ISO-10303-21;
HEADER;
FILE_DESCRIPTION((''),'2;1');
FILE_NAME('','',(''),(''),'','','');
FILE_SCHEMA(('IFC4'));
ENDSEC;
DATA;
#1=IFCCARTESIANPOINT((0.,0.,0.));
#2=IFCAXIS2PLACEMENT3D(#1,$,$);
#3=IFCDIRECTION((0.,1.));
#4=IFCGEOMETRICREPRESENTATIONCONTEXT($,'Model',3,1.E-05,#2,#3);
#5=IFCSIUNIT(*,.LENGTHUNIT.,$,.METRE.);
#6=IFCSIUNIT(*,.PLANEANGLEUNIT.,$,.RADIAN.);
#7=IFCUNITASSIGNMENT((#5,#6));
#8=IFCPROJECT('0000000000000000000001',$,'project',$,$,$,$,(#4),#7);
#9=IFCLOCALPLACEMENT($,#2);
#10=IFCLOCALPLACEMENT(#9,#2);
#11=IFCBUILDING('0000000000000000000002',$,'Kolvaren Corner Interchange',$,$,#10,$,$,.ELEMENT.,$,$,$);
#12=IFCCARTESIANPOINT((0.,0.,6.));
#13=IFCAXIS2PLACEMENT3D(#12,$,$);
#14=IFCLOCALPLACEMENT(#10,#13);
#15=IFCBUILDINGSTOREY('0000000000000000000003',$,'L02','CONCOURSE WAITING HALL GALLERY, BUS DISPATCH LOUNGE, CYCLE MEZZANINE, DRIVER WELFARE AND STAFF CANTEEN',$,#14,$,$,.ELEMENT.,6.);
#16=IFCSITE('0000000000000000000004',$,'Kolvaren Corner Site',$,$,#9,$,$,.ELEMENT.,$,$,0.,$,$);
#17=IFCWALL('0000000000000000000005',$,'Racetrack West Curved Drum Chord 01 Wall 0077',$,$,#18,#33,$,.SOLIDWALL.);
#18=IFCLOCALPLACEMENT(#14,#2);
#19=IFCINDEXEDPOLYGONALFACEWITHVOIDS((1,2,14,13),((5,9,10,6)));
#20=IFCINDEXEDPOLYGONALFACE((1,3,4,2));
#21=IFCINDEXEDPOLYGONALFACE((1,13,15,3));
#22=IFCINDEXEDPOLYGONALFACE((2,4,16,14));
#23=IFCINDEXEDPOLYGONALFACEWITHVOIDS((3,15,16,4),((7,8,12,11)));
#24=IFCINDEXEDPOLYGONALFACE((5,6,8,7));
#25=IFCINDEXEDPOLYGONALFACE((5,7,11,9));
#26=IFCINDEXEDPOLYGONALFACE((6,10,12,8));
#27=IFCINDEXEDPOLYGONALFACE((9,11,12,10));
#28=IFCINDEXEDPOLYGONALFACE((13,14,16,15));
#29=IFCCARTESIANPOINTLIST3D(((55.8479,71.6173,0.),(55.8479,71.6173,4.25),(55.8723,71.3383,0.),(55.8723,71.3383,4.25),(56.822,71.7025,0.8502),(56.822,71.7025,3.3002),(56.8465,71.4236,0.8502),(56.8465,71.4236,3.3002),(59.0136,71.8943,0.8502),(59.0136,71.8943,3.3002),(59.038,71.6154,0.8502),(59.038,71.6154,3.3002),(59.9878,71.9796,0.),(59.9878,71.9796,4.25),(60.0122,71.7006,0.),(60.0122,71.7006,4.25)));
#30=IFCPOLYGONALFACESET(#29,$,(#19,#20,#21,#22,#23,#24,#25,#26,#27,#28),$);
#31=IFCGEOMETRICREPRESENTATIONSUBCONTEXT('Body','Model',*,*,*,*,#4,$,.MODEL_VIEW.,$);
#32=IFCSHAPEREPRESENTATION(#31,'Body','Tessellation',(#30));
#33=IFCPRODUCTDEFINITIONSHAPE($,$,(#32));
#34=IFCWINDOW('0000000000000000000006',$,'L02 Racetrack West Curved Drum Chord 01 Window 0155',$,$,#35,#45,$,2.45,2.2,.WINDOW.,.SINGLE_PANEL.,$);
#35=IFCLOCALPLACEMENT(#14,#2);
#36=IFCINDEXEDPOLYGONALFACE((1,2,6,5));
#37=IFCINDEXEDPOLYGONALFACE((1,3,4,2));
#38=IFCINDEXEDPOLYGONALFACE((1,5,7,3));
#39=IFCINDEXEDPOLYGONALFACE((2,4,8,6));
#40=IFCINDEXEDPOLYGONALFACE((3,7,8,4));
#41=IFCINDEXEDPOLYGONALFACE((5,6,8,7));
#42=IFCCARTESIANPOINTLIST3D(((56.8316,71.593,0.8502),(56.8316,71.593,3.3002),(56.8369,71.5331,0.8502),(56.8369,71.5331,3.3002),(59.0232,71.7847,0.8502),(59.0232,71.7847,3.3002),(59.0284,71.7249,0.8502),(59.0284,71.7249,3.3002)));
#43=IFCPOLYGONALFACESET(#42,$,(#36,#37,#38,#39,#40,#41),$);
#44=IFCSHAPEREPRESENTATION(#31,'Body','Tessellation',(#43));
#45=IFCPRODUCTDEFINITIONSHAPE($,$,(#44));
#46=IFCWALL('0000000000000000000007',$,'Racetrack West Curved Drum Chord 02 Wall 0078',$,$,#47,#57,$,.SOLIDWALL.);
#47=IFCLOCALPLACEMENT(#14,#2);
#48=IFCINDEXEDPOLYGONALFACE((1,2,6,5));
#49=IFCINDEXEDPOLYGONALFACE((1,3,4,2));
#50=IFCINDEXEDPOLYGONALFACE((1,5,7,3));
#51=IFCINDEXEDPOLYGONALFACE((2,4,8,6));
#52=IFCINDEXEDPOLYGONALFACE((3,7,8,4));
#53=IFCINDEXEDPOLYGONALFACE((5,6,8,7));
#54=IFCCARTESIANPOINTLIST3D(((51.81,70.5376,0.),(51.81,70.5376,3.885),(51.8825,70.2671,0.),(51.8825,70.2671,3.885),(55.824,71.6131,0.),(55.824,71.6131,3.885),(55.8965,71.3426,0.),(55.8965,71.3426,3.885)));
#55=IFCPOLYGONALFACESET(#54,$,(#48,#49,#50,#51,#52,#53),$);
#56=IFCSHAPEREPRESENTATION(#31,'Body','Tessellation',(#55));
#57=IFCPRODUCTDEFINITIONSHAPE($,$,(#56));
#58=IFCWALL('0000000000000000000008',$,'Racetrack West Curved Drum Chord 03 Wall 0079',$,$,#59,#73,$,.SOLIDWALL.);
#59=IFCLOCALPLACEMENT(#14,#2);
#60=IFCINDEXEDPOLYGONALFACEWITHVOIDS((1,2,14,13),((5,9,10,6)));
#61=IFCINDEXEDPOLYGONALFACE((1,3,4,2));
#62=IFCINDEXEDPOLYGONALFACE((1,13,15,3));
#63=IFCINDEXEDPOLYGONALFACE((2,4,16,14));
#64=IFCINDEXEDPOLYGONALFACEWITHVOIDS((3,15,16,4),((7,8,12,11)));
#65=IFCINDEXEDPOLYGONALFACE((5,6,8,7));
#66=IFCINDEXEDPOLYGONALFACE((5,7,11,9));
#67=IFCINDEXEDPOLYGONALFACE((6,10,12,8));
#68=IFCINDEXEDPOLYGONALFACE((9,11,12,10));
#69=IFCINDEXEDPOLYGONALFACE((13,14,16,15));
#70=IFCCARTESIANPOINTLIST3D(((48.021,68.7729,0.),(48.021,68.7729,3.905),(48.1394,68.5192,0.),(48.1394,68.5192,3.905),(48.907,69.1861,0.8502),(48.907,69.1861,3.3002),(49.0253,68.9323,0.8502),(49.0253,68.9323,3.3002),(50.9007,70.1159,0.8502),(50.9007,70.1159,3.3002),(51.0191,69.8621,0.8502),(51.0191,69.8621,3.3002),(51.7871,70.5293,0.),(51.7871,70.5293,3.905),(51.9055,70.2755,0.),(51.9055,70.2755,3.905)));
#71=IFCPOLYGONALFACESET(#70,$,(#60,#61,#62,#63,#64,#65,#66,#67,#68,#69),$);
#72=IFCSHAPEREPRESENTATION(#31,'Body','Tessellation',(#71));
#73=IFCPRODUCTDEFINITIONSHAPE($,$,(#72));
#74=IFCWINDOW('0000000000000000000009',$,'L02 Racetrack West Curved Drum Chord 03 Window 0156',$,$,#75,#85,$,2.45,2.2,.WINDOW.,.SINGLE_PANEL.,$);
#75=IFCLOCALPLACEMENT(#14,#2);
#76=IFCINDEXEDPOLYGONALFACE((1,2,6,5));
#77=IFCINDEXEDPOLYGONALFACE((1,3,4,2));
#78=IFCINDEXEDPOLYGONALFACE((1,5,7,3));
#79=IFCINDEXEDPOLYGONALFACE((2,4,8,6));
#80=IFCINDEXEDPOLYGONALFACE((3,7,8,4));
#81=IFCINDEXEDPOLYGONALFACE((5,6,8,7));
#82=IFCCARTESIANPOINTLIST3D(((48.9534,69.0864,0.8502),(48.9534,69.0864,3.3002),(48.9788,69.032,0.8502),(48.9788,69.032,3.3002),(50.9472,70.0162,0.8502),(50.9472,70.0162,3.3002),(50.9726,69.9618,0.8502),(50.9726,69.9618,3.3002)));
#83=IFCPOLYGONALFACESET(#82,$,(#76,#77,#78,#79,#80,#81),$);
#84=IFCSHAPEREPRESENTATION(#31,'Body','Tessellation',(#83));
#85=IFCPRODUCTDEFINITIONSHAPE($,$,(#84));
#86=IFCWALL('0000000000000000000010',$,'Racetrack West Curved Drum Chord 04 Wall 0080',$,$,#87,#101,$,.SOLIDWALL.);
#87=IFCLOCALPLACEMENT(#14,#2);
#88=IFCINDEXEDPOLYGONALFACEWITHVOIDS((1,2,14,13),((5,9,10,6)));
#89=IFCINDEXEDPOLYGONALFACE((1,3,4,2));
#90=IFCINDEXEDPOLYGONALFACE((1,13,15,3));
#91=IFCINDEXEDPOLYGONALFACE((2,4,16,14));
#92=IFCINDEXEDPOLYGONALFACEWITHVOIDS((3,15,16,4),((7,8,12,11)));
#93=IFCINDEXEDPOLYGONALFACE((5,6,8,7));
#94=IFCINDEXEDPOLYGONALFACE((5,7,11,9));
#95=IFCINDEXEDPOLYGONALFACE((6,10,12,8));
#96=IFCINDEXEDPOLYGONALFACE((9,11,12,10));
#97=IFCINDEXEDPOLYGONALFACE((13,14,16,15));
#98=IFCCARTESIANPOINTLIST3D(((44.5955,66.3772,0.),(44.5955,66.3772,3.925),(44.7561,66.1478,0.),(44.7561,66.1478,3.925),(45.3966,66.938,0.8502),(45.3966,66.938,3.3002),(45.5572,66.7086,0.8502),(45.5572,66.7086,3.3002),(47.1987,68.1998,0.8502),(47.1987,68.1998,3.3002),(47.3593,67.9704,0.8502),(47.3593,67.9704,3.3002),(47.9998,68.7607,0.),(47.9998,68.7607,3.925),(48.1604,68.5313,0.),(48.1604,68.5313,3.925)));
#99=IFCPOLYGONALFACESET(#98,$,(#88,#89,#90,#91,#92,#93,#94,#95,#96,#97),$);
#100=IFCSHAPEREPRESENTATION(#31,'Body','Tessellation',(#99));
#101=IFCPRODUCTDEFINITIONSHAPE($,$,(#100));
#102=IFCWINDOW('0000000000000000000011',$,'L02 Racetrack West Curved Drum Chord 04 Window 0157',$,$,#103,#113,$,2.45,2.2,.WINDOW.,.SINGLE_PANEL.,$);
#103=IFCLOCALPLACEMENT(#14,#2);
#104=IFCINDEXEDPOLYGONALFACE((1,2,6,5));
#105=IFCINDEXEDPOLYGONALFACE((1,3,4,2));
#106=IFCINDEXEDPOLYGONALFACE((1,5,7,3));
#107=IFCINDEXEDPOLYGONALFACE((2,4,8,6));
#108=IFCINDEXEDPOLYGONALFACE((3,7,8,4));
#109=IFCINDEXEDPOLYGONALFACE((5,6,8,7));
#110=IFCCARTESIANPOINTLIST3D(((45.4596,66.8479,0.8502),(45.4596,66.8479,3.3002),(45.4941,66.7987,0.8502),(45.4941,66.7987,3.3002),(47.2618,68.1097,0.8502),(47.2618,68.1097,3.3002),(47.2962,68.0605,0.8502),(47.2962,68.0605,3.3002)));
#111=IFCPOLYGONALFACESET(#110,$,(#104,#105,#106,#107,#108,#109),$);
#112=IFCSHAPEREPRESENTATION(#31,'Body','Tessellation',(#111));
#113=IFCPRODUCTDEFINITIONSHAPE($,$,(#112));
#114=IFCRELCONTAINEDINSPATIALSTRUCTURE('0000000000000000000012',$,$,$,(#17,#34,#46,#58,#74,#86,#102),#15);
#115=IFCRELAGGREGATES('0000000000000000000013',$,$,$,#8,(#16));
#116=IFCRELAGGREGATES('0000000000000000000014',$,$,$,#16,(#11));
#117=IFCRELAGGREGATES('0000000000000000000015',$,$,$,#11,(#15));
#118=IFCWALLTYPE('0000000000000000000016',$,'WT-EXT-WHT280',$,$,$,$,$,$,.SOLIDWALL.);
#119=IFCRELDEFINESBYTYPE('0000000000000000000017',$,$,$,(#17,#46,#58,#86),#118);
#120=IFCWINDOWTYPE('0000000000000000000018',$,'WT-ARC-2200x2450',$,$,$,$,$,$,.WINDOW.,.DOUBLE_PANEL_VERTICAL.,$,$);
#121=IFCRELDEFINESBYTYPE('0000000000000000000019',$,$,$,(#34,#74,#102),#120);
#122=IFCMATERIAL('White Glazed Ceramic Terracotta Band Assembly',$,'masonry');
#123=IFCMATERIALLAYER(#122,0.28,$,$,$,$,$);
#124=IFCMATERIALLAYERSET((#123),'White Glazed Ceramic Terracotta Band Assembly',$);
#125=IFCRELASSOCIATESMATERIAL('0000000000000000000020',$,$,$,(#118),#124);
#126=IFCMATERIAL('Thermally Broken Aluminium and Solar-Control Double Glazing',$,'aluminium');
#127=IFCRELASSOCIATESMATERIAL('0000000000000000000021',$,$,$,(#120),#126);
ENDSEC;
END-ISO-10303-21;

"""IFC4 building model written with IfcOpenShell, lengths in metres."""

from ifc_helpers import new_model, si_unit, direction, frame, frame_2d, origin, place, context, subcontext, project, spatial, rectangle, extrude, material, layer, layer_set, type_object, element, fill, save


model = new_model("IFC4")

# Units and contexts
model_context = context("Model", 3, precision=1e-05, world=origin(), true_north=direction((0.0, 1.0)))
body_context = subcontext(model_context, "Body", "Model", "MODEL_VIEW")
ifc_project = project(units=[si_unit("LENGTHUNIT", "METRE"), si_unit("PLANEANGLEUNIT", "RADIAN")], contexts=[model_context])

# Site, building, storey
site_placement = place(None, origin())
site = spatial("IfcSite", under=ifc_project, at=site_placement, Name="Kolvaren Corner Site", CompositionType="ELEMENT", RefElevation=0.0)
building_placement = place(site_placement, origin())
building = spatial("IfcBuilding", under=site, at=building_placement, Name="Kolvaren Corner Interchange", CompositionType="ELEMENT")
storey_placement = place(building_placement, frame((0.0, 0.0, 6.0)))
storey = spatial("IfcBuildingStorey", under=building, at=storey_placement, Name="L02", Description="CONCOURSE WAITING HALL GALLERY, BUS DISPATCH LOUNGE, CYCLE MEZZANINE, DRIVER WELFARE AND STAFF CANTEEN", CompositionType="ELEMENT", Elevation=6.0)

# Wall, opening, window
ifc_material_1 = material(Name="White Glazed Ceramic Terracotta Band Assembly", Category="masonry")
ifc_layer = layer(ifc_material_1, 0.28)
ifc_layer_set = layer_set([ifc_layer], Name="White Glazed Ceramic Terracotta Band Assembly")
wall_type = type_object("IfcWallType", Name="WT-EXT-WHT280", PredefinedType="SOLIDWALL", material=ifc_layer_set)
wall_1_placement = place(storey_placement, frame((60.0, 71.8401, 0.0), z_axis=(0.0, 0.0, 1.0), x_axis=(-0.996192, -0.087182, 0.0)))
wall_1 = element("IfcWall", 1, at=wall_1_placement, inside=storey, type_object=wall_type, Name="Racetrack West Curved Drum Chord 01 Wall 0077", PredefinedType="SOLIDWALL", context=body_context, shape_type="SweptSolid", body=[
    extrude(rectangle(XDim=4.1558, YDim=0.28, at=frame_2d((2.0779, 0.0))), origin(), (0.0, 0.0, 1.0), 4.25),
])
opening_1_placement = place(wall_1_placement, frame((0.9778, 0.0, 0.8501)))
opening_1 = element("IfcOpeningElement", 2, at=opening_1_placement, cuts=wall_1, PredefinedType="OPENING", context=body_context, shape_type="SweptSolid", body=[
    extrude(rectangle(XDim=2.2, YDim=2.45, at=frame_2d((1.1001, 1.2251))), frame((0.0, 0.1499, 0.0), z_axis=(0.0, -1.0, 0.0), x_axis=(1.0, 0.0, 0.0)), (0.0, 0.0, 1.0), 0.3),
])
ifc_material_2 = material(Name="Thermally Broken Aluminium and Solar-Control Double Glazing", Category="aluminium")
window_type = type_object("IfcWindowType", Name="WT-ARC-2200x2450", PartitioningType="DOUBLE_PANEL_VERTICAL", PredefinedType="WINDOW", material=ifc_material_2)
window_1_placement = place(opening_1_placement, origin())
window_1 = element("IfcWindow", 3, at=window_1_placement, inside=storey, type_object=window_type, Name="L02 Racetrack West Curved Drum Chord 01 Window 0155", OverallHeight=2.45, OverallWidth=2.2, PartitioningType="SINGLE_PANEL", PredefinedType="WINDOW", context=body_context, shape_type="SweptSolid", body=[
    extrude(rectangle(XDim=2.2, YDim=2.45, at=frame_2d((1.1001, 1.2251))), frame((0.0, 0.03, 0.0), z_axis=(0.0, -1.0, 0.0), x_axis=(1.0, 0.0, 0.0)), (0.0, 0.0, 1.0), 0.0601),
])
fill(opening_1, window_1)

# Wall
wall_2_placement = place(storey_placement, frame((55.8601, 71.4778, 0.0), z_axis=(0.0, 0.0, 1.0), x_axis=(-0.965931, -0.2588, 0.0)))
element("IfcWall", 4, at=wall_2_placement, inside=storey, type_object=wall_type, Name="Racetrack West Curved Drum Chord 02 Wall 0078", PredefinedType="SOLIDWALL", context=body_context, shape_type="SweptSolid", body=[
    extrude(rectangle(XDim=4.1555, YDim=0.28, at=frame_2d((2.0776, 0.0))), origin(), (0.0, 0.0, 1.0), 3.885),
])

# Walls, openings, windows
wall_3_placement = place(storey_placement, frame((51.8462, 70.4023, 0.0), z_axis=(0.0, 0.0, 1.0), x_axis=(-0.906291, -0.422654, 0.0)))
wall_3 = element("IfcWall", 5, at=wall_3_placement, inside=storey, type_object=wall_type, Name="Racetrack West Curved Drum Chord 03 Wall 0079", PredefinedType="SOLIDWALL", context=body_context, shape_type="SweptSolid", body=[
    extrude(rectangle(XDim=4.1555, YDim=0.28, at=frame_2d((2.0776, 0.0))), origin(), (0.0, 0.0, 1.0), 3.905),
])
opening_2_placement = place(wall_3_placement, frame((0.9778, 0.0, 0.8501)))
opening_2 = element("IfcOpeningElement", 6, at=opening_2_placement, cuts=wall_3, PredefinedType="OPENING", context=body_context, shape_type="SweptSolid", body=[
    extrude(rectangle(XDim=2.2, YDim=2.45, at=frame_2d((1.1001, 1.2251))), frame((0.0, 0.1499, 0.0), z_axis=(0.0, -1.0, 0.0), x_axis=(1.0, 0.0, 0.0)), (0.0, 0.0, 1.0), 0.3),
])
window_2_placement = place(opening_2_placement, origin())
window_2 = element("IfcWindow", 7, at=window_2_placement, inside=storey, type_object=window_type, Name="L02 Racetrack West Curved Drum Chord 03 Window 0156", OverallHeight=2.45, OverallWidth=2.2, PartitioningType="SINGLE_PANEL", PredefinedType="WINDOW", context=body_context, shape_type="SweptSolid", body=[
    extrude(rectangle(XDim=2.2, YDim=2.45, at=frame_2d((1.1001, 1.2251))), frame((0.0, 0.03, 0.0), z_axis=(0.0, -1.0, 0.0), x_axis=(1.0, 0.0, 0.0)), (0.0, 0.0, 1.0), 0.0601),
])
fill(opening_2, window_2)
wall_4_placement = place(storey_placement, frame((48.0801, 68.646, 0.0), z_axis=(0.0, 0.0, 1.0), x_axis=(-0.819171, -0.573549, 0.0)))
wall_4 = element("IfcWall", 8, at=wall_4_placement, inside=storey, type_object=wall_type, Name="Racetrack West Curved Drum Chord 04 Wall 0080", PredefinedType="SOLIDWALL", context=body_context, shape_type="SweptSolid", body=[
    extrude(rectangle(XDim=4.1558, YDim=0.28, at=frame_2d((2.0779, 0.0))), origin(), (0.0, 0.0, 1.0), 3.925),
])
opening_3_placement = place(wall_4_placement, frame((0.9778, 0.0, 0.8501)))
opening_3 = element("IfcOpeningElement", 9, at=opening_3_placement, cuts=wall_4, PredefinedType="OPENING", context=body_context, shape_type="SweptSolid", body=[
    extrude(rectangle(XDim=2.2, YDim=2.45, at=frame_2d((1.1001, 1.2251))), frame((0.0, 0.1499, 0.0), z_axis=(0.0, -1.0, 0.0), x_axis=(1.0, 0.0, 0.0)), (0.0, 0.0, 1.0), 0.3),
])
window_3_placement = place(opening_3_placement, origin())
window_3 = element("IfcWindow", 10, at=window_3_placement, inside=storey, type_object=window_type, Name="L02 Racetrack West Curved Drum Chord 04 Window 0157", OverallHeight=2.45, OverallWidth=2.2, PartitioningType="SINGLE_PANEL", PredefinedType="WINDOW", context=body_context, shape_type="SweptSolid", body=[
    extrude(rectangle(XDim=2.2, YDim=2.45, at=frame_2d((1.1001, 1.2251))), frame((0.0, 0.03, 0.0), z_axis=(0.0, -1.0, 0.0), x_axis=(1.0, 0.0, 0.0)), (0.0, 0.0, 1.0), 0.0601),
])
fill(opening_3, window_3)

save(model, "model.ifc")
